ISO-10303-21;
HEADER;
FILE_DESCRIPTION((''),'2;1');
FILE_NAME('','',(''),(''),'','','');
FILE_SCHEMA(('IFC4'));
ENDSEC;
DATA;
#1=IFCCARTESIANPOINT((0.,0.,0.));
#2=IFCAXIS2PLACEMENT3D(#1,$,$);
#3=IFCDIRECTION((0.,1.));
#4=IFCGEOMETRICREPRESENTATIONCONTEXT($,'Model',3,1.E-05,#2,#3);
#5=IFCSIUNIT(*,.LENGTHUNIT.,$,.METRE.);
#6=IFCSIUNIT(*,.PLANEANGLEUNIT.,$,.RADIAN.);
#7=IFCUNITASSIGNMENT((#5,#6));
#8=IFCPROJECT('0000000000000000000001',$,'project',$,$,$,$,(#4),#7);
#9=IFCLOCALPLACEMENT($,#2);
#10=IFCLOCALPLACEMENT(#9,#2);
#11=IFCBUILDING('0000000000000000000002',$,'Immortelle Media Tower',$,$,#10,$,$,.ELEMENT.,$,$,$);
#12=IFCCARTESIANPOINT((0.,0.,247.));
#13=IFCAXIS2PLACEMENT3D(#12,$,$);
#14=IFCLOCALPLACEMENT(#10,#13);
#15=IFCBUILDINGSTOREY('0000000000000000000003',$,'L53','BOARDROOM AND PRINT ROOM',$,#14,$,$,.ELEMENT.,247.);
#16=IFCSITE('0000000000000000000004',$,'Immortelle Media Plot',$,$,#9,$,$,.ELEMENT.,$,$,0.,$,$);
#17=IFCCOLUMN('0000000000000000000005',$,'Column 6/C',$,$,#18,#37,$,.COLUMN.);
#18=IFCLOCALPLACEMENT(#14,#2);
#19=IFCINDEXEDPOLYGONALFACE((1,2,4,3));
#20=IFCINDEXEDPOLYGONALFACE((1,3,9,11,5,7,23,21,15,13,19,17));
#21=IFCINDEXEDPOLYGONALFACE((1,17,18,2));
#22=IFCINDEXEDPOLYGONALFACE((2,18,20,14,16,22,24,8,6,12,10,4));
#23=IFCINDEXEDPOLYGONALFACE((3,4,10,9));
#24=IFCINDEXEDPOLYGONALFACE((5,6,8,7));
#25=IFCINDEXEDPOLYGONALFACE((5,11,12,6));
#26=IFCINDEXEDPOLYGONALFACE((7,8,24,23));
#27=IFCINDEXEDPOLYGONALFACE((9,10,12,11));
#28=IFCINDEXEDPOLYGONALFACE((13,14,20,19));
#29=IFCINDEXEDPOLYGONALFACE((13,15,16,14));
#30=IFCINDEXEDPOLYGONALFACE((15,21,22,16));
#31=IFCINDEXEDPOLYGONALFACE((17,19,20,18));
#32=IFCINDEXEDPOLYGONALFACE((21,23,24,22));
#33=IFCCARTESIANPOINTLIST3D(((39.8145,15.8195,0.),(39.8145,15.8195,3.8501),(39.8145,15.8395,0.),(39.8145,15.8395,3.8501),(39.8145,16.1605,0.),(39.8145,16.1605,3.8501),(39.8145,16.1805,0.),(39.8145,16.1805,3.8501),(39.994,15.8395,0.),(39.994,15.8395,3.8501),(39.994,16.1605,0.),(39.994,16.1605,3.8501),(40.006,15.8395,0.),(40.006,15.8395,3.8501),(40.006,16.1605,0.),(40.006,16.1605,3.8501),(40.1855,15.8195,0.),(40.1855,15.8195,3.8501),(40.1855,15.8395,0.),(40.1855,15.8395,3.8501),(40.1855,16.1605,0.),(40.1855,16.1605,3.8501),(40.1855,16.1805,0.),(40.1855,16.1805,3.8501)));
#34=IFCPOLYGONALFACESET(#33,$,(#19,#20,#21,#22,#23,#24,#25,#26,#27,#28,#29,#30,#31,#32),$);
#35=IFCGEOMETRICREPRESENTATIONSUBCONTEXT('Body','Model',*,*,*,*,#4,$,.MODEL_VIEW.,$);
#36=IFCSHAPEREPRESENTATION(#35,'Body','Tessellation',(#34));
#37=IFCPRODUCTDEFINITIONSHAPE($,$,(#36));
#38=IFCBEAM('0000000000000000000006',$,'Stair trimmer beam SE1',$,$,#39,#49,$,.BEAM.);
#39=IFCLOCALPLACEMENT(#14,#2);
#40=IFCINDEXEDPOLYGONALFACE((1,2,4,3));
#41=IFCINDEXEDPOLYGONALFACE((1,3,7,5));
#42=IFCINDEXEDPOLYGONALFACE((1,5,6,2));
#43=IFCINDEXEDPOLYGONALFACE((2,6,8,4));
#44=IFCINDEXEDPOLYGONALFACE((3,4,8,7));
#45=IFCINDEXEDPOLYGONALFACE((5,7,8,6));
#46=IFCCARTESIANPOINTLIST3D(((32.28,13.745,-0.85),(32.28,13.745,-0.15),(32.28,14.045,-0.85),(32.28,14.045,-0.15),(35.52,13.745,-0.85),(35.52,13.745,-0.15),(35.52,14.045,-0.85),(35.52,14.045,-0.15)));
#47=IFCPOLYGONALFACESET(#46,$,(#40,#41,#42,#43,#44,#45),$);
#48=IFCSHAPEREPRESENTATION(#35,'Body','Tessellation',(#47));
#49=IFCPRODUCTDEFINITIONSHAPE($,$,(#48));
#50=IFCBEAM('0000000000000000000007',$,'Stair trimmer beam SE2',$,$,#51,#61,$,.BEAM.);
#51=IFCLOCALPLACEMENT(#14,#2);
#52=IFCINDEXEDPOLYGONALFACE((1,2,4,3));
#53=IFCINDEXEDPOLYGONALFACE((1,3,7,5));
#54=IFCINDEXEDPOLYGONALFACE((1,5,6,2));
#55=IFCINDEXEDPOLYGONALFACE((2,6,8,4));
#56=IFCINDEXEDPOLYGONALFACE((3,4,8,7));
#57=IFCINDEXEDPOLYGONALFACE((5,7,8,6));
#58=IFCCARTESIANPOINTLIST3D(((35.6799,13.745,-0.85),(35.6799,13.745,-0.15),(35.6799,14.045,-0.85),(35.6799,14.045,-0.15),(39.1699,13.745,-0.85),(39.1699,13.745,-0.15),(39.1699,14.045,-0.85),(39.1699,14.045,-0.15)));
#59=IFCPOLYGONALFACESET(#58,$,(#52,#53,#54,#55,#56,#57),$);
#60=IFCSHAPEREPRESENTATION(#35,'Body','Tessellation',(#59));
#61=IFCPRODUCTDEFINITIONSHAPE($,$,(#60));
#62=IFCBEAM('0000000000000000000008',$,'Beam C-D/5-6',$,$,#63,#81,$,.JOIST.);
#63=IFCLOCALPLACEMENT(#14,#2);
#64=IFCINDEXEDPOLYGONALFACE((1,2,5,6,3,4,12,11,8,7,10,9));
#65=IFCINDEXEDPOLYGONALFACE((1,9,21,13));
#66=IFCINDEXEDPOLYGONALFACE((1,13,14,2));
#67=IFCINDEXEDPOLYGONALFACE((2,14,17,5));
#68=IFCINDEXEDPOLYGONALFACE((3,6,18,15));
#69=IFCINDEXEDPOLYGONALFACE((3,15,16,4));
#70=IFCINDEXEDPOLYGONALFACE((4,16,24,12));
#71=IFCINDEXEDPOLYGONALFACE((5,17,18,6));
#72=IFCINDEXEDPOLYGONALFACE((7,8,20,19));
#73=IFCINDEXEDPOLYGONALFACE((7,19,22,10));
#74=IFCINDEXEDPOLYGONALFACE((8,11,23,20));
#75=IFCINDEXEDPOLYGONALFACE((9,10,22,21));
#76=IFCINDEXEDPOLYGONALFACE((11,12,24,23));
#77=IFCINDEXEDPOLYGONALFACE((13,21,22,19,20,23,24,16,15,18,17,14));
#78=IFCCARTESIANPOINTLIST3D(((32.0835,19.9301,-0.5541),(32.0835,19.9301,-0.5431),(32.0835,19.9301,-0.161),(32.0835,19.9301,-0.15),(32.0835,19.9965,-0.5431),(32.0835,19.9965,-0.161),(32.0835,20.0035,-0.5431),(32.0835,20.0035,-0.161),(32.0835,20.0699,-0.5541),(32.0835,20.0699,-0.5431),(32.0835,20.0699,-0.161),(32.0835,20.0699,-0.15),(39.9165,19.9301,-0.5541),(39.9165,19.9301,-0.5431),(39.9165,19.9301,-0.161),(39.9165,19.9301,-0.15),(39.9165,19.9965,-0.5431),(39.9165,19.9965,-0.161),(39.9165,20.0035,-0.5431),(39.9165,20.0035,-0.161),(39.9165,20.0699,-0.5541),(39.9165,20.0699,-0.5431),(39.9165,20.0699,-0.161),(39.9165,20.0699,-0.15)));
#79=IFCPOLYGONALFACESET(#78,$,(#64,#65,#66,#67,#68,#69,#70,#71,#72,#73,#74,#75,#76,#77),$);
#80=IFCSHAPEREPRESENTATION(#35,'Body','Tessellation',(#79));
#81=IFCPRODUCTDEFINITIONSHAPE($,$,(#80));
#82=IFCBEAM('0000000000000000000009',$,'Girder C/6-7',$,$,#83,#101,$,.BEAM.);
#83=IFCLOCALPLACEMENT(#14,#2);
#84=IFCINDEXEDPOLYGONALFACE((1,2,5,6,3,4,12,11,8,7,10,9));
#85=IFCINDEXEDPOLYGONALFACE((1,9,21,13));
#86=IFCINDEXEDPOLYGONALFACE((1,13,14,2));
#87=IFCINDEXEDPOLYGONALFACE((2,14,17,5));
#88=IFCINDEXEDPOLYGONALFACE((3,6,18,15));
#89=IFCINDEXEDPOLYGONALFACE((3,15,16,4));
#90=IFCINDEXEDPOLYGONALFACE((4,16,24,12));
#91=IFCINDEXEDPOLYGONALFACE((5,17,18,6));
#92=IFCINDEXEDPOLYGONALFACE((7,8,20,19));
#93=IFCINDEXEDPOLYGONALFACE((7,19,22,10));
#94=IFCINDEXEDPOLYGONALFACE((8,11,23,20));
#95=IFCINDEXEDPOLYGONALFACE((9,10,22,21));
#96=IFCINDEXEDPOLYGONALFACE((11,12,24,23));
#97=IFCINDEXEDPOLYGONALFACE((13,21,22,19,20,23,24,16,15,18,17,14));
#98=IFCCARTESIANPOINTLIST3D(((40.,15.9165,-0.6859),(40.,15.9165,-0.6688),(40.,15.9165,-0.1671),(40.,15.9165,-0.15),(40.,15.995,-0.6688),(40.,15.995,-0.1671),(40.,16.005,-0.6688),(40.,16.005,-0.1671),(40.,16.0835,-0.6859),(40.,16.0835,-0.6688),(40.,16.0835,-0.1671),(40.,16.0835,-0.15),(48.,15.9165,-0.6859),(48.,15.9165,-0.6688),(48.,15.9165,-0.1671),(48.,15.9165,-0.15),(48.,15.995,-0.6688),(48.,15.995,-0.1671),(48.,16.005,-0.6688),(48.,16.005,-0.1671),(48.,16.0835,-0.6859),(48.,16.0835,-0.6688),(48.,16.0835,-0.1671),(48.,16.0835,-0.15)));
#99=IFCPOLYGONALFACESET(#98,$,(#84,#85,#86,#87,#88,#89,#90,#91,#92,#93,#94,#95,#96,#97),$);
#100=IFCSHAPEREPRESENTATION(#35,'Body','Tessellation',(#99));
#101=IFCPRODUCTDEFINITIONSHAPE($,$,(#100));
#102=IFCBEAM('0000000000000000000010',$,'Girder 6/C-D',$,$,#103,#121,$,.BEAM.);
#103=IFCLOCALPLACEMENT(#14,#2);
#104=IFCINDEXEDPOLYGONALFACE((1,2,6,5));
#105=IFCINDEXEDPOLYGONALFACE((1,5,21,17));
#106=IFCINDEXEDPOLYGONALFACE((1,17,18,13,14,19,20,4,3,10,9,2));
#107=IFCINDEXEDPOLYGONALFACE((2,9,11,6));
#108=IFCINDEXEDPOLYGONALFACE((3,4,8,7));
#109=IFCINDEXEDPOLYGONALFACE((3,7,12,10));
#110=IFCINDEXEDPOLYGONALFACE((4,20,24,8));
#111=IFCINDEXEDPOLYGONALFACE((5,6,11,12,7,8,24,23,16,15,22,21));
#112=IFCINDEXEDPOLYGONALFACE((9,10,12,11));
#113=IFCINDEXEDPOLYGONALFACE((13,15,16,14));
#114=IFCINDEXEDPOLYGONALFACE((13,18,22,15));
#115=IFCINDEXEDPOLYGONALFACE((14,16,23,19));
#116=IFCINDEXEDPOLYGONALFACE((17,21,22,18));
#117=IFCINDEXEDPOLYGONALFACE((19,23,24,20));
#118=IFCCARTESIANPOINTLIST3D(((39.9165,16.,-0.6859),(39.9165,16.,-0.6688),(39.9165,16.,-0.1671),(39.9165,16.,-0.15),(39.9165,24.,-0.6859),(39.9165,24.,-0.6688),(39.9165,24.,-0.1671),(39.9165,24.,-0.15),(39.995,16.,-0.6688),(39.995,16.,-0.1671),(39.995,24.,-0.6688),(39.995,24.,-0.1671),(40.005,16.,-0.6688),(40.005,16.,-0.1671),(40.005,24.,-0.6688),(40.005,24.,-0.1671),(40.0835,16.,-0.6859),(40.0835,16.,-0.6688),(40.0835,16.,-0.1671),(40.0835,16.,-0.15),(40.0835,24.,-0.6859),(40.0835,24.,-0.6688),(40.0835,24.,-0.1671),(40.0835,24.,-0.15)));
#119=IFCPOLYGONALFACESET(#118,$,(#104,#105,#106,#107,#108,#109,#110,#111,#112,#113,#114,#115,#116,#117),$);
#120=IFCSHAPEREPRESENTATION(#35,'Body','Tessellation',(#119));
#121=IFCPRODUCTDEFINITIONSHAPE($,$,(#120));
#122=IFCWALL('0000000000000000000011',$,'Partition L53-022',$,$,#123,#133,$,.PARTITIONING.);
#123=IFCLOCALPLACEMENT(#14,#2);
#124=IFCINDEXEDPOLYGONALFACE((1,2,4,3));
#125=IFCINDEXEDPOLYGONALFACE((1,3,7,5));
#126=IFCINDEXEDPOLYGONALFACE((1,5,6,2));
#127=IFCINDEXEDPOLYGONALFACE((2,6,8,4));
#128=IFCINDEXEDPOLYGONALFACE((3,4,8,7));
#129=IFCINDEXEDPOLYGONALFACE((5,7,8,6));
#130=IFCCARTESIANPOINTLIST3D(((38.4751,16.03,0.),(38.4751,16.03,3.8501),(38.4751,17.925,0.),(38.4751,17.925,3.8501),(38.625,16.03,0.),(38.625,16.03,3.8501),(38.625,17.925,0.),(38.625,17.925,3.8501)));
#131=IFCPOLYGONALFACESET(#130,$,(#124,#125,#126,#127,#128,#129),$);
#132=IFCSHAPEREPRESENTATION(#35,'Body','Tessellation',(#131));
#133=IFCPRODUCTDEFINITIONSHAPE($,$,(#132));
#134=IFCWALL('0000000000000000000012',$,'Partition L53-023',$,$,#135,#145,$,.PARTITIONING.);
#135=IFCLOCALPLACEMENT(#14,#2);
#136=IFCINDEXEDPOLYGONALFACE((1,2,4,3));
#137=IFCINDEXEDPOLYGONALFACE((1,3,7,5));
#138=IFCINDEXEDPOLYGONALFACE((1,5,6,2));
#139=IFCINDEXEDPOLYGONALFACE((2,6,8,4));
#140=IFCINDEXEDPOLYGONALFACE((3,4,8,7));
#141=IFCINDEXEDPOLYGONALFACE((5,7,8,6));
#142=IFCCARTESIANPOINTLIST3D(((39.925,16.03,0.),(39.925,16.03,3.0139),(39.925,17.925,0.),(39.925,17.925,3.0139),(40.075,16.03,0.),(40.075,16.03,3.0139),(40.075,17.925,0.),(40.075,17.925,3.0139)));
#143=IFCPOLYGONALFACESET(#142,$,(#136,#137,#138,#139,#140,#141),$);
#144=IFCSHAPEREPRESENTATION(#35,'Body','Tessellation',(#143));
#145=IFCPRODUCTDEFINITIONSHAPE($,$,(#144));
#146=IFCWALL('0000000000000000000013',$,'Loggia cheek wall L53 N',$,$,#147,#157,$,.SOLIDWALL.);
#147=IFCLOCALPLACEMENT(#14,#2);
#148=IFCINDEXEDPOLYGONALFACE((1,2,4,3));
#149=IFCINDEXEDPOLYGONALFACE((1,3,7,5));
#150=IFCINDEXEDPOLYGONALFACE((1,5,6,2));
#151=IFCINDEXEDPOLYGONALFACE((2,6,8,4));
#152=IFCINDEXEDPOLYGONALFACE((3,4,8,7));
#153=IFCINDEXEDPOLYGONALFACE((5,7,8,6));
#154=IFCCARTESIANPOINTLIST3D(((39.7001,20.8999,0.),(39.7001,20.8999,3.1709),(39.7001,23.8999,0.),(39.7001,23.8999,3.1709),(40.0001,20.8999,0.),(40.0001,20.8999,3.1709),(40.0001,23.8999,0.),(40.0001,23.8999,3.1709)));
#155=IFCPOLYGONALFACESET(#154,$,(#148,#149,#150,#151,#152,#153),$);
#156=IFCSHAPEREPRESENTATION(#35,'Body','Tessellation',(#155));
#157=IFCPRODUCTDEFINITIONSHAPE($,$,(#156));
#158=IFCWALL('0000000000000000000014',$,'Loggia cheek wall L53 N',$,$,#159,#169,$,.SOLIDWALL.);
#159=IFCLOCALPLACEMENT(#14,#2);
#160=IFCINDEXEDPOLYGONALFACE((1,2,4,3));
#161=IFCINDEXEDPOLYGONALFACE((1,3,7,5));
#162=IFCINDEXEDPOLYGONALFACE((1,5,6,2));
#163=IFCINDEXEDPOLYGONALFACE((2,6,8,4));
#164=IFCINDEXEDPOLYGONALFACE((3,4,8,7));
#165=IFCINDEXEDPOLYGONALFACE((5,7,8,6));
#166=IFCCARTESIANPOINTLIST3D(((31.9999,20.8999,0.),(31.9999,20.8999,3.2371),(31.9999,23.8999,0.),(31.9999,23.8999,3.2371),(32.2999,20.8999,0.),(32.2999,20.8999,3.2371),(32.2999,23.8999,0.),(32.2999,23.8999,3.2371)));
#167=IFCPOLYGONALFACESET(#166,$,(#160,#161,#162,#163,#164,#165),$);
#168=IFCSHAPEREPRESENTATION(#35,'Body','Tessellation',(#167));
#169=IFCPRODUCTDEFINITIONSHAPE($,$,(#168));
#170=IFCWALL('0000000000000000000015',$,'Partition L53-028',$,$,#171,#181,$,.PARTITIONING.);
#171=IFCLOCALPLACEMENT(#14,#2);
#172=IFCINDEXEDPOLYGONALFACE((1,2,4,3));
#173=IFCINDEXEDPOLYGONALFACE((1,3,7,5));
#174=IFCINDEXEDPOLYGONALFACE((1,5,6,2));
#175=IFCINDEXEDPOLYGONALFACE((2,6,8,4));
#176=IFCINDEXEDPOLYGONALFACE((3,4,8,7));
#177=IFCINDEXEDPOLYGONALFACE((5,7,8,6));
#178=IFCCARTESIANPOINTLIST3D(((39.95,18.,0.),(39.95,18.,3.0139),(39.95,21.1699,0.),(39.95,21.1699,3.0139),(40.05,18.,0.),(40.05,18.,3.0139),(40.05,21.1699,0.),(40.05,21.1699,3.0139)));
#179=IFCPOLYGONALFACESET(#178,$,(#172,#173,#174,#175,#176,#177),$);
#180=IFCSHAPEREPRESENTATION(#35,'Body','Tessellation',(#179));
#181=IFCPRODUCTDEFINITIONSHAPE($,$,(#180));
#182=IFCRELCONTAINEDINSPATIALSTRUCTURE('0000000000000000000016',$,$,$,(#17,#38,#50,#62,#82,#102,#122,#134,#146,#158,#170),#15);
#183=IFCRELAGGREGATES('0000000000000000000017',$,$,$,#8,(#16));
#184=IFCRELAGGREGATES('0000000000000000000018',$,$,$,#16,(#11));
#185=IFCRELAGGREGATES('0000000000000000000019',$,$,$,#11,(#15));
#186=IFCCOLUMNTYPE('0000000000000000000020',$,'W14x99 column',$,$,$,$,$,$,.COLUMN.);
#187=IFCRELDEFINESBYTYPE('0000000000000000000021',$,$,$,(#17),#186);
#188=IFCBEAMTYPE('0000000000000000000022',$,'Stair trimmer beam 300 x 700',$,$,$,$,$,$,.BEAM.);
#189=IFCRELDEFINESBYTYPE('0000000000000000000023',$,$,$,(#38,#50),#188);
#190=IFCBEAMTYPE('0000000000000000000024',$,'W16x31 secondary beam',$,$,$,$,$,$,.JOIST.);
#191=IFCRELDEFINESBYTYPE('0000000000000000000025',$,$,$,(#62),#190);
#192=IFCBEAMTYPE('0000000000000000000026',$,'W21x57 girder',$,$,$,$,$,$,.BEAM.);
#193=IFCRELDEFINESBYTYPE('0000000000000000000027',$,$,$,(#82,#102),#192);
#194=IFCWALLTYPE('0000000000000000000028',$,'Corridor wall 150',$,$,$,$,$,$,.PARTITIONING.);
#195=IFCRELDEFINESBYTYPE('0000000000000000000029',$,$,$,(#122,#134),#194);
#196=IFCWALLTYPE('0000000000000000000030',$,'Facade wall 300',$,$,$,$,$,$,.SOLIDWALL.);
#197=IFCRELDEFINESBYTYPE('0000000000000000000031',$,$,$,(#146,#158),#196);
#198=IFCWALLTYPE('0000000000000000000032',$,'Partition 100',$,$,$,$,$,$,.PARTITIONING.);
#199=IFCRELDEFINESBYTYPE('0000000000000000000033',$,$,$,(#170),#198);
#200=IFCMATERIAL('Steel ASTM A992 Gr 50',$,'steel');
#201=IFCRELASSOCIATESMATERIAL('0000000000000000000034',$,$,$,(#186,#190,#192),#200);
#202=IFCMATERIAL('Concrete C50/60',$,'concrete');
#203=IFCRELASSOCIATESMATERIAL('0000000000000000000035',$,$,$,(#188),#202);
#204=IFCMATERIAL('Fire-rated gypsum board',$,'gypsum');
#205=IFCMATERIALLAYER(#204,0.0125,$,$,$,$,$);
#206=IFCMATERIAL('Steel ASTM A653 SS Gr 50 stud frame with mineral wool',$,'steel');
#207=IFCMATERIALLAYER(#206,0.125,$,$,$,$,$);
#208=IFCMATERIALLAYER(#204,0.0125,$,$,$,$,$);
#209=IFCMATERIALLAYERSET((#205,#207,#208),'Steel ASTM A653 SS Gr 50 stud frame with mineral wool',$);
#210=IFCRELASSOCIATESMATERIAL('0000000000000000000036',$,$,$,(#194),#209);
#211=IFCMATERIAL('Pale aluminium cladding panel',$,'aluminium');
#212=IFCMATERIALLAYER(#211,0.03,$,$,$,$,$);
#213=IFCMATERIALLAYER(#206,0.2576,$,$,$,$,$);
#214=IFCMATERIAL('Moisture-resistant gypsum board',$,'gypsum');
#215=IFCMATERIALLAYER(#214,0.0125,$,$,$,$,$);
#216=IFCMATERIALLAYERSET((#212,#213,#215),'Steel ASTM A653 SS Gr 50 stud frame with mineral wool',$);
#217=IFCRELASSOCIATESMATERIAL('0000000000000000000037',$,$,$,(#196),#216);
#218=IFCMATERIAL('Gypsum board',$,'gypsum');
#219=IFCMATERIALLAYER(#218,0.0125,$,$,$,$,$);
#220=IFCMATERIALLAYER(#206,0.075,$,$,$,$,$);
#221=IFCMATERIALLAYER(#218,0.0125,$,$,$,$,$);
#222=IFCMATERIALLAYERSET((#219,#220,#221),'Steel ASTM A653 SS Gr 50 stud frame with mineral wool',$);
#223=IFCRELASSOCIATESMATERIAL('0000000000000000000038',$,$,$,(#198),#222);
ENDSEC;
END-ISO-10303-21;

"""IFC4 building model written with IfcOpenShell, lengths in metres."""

from ifc_helpers import new_model, si_unit, direction, frame, frame_2d, origin, origin_2d, place, context, subcontext, project, spatial, rectangle, i_section, extrude, material, layer, layer_set, material_profile, profile_set, type_object, element, save


model = new_model("IFC4")

# Units and contexts
model_context = context("Model", 3, precision=1e-05, world=origin(), true_north=direction((0.0, 1.0)))
body_context = subcontext(model_context, "Body", "Model", "MODEL_VIEW")
ifc_project = project(units=[si_unit("LENGTHUNIT", "METRE"), si_unit("PLANEANGLEUNIT", "RADIAN")], contexts=[model_context])

# Site, building, storey
site_placement = place(None, origin())
site = spatial("IfcSite", under=ifc_project, at=site_placement, Name="Immortelle Media Plot", CompositionType="ELEMENT", RefElevation=0.0)
building_placement = place(site_placement, origin())
building = spatial("IfcBuilding", under=site, at=building_placement, Name="Immortelle Media Tower", CompositionType="ELEMENT")
storey_placement = place(building_placement, frame((0.0, 0.0, 247.0)))
storey = spatial("IfcBuildingStorey", under=building, at=storey_placement, Name="L53", Description="BOARDROOM AND PRINT ROOM", CompositionType="ELEMENT", Elevation=247.0)

# Column
ifc_material_1 = material(Name="Steel ASTM A992 Gr 50", Category="steel")
ifc_material_profile_1 = material_profile(ifc_material_1, i_section(OverallWidth=0.3711, OverallDepth=0.3611, WebThickness=0.012, FlangeThickness=0.02, at=origin_2d()), Name="W14x99")
ifc_profile_set_1 = profile_set([ifc_material_profile_1], Name="Steel ASTM A992 Gr 50")
column_type = type_object("IfcColumnType", Name="W14x99 column", PredefinedType="COLUMN", material=ifc_profile_set_1)
column_placement = place(storey_placement, frame((40.0, 16.0, 0.0), z_axis=(0.0, 0.0, 1.0), x_axis=(1.0, 0.0, 0.0)))
element("IfcColumn", 1, at=column_placement, inside=storey, type_object=column_type, Name="Column 6/C", PredefinedType="COLUMN", context=body_context, shape_type="SweptSolid", body=[
    extrude(i_section(OverallWidth=0.3711, OverallDepth=0.3611, WebThickness=0.012, FlangeThickness=0.02, at=origin_2d()), origin(), (0.0, 0.0, 1.0), 3.8501),
])

# Beams
ifc_material_2 = material(Name="Concrete C50/60", Category="concrete")
ifc_material_profile_2 = material_profile(ifc_material_2, rectangle(XDim=0.3, YDim=0.7, at=origin_2d()), Name="RC 300x700")
ifc_profile_set_2 = profile_set([ifc_material_profile_2], Name="Concrete C50/60")
beam_type_1 = type_object("IfcBeamType", Name="Stair trimmer beam 300 x 700", PredefinedType="BEAM", material=ifc_profile_set_2)
beam_1_placement = place(storey_placement, frame((32.28, 13.895, -0.5), z_axis=(1.0, 0.0, 0.0), x_axis=(0.0, 1.0, 0.0)))
element("IfcBeam", 2, at=beam_1_placement, inside=storey, type_object=beam_type_1, Name="Stair trimmer beam SE1", PredefinedType="BEAM", context=body_context, shape_type="SweptSolid", body=[
    extrude(rectangle(XDim=0.3, YDim=0.7, at=origin_2d()), origin(), (0.0, 0.0, 1.0), 3.24),
])
beam_2_placement = place(storey_placement, frame((35.6799, 13.895, -0.5), z_axis=(1.0, 0.0, 0.0), x_axis=(0.0, 1.0, 0.0)))
element("IfcBeam", 3, at=beam_2_placement, inside=storey, type_object=beam_type_1, Name="Stair trimmer beam SE2", PredefinedType="BEAM", context=body_context, shape_type="SweptSolid", body=[
    extrude(rectangle(XDim=0.3, YDim=0.7, at=origin_2d()), origin(), (0.0, 0.0, 1.0), 3.49),
])
ifc_material_profile_3 = material_profile(ifc_material_1, i_section(OverallWidth=0.1399, OverallDepth=0.4041, WebThickness=0.0071, FlangeThickness=0.011, at=origin_2d()), Name="W16x31")
ifc_profile_set_3 = profile_set([ifc_material_profile_3], Name="Steel ASTM A992 Gr 50")
beam_type_2 = type_object("IfcBeamType", Name="W16x31 secondary beam", PredefinedType="JOIST", material=ifc_profile_set_3)
beam_3_placement = place(storey_placement, frame((32.0835, 20.0, -0.3521), z_axis=(1.0, 0.0, 0.0), x_axis=(0.0, 1.0, 0.0)))
element("IfcBeam", 4, at=beam_3_placement, inside=storey, type_object=beam_type_2, Name="Beam C-D/5-6", PredefinedType="JOIST", context=body_context, shape_type="SweptSolid", body=[
    extrude(i_section(OverallWidth=0.1399, OverallDepth=0.4041, WebThickness=0.0071, FlangeThickness=0.011, at=origin_2d()), origin(), (0.0, 0.0, 1.0), 7.833),
])
ifc_material_profile_4 = material_profile(ifc_material_1, i_section(OverallWidth=0.167, OverallDepth=0.5359, WebThickness=0.01, FlangeThickness=0.0171, at=origin_2d()), Name="W21x57")
ifc_profile_set_4 = profile_set([ifc_material_profile_4], Name="Steel ASTM A992 Gr 50")
beam_type_3 = type_object("IfcBeamType", Name="W21x57 girder", PredefinedType="BEAM", material=ifc_profile_set_4)
for number, where, z_axis, x_axis, name in (
    (5, (40.0, 16.0, -0.418), (1.0, 0.0, 0.0), (0.0, 1.0, 0.0), "Girder C/6-7"),
    (6, (40.0, 16.0, -0.418), (0.0, 1.0, 0.0), (-1.0, 0.0, 0.0), "Girder 6/C-D"),
):
    element("IfcBeam", number, at=place(storey_placement, frame(where, z_axis=z_axis, x_axis=x_axis)), inside=storey, type_object=beam_type_3, Name=name, PredefinedType="BEAM", context=body_context, shape_type="SweptSolid", body=[
        extrude(i_section(OverallWidth=0.167, OverallDepth=0.5359, WebThickness=0.01, FlangeThickness=0.0171, at=origin_2d()), origin(), (0.0, 0.0, 1.0), 8.0),
    ])

# Walls
ifc_material_3 = material(Name="Fire-rated gypsum board", Category="gypsum")
ifc_layer_1 = layer(ifc_material_3, 0.0125)
ifc_material_4 = material(Name="Steel ASTM A653 SS Gr 50 stud frame with mineral wool", Category="steel")
ifc_layer_2 = layer(ifc_material_4, 0.125)
ifc_layer_3 = layer(ifc_material_3, 0.0125)
ifc_layer_set_1 = layer_set([ifc_layer_1, ifc_layer_2, ifc_layer_3], Name="Steel ASTM A653 SS Gr 50 stud frame with mineral wool")
wall_type_1 = type_object("IfcWallType", Name="Corridor wall 150", PredefinedType="PARTITIONING", material=ifc_layer_set_1)
wall_1_placement = place(storey_placement, frame((38.55, 16.03, 0.0), z_axis=(0.0, 0.0, 1.0), x_axis=(0.0, 1.0, 0.0)))
element("IfcWall", 7, at=wall_1_placement, inside=storey, type_object=wall_type_1, Name="Partition L53-022", PredefinedType="PARTITIONING", context=body_context, shape_type="SweptSolid", body=[
    extrude(rectangle(XDim=1.895, YDim=0.1499, at=frame_2d((0.9475, 0.0))), origin(), (0.0, 0.0, 1.0), 3.8501),
])
wall_2_placement = place(storey_placement, frame((40.0, 16.03, 0.0), z_axis=(0.0, 0.0, 1.0), x_axis=(0.0, 1.0, 0.0)))
element("IfcWall", 8, at=wall_2_placement, inside=storey, type_object=wall_type_1, Name="Partition L53-023", PredefinedType="PARTITIONING", context=body_context, shape_type="SweptSolid", body=[
    extrude(rectangle(XDim=1.895, YDim=0.1499, at=frame_2d((0.9475, 0.0))), origin(), (0.0, 0.0, 1.0), 3.0139),
])

# Shared definitions
ifc_material_5 = material(Name="Pale aluminium cladding panel", Category="aluminium")
ifc_layer_4 = layer(ifc_material_5, 0.03)
ifc_layer_5 = layer(ifc_material_4, 0.2576)
ifc_material_6 = material(Name="Moisture-resistant gypsum board", Category="gypsum")
ifc_layer_6 = layer(ifc_material_6, 0.0125)
ifc_layer_set_2 = layer_set([ifc_layer_4, ifc_layer_5, ifc_layer_6], Name="Steel ASTM A653 SS Gr 50 stud frame with mineral wool")
wall_type_2 = type_object("IfcWallType", Name="Facade wall 300", PredefinedType="SOLIDWALL", material=ifc_layer_set_2)

# Walls
wall_3_placement = place(storey_placement, frame((39.8501, 23.8999, 0.0), z_axis=(0.0, 0.0, 1.0), x_axis=(0.0, -1.0, 0.0)))
element("IfcWall", 9, at=wall_3_placement, inside=storey, type_object=wall_type_2, Name="Loggia cheek wall L53 N", PredefinedType="SOLIDWALL", context=body_context, shape_type="SweptSolid", body=[
    extrude(rectangle(XDim=3.0, YDim=0.3, at=frame_2d((1.5, 0.0))), origin(), (0.0, 0.0, 1.0), 3.1709),
])
wall_4_placement = place(storey_placement, frame((32.1499, 23.8999, 0.0), z_axis=(0.0, 0.0, 1.0), x_axis=(0.0, -1.0, 0.0)))
element("IfcWall", 10, at=wall_4_placement, inside=storey, type_object=wall_type_2, Name="Loggia cheek wall L53 N", PredefinedType="SOLIDWALL", context=body_context, shape_type="SweptSolid", body=[
    extrude(rectangle(XDim=3.0, YDim=0.3, at=frame_2d((1.5, 0.0))), origin(), (0.0, 0.0, 1.0), 3.2371),
])
ifc_material_7 = material(Name="Gypsum board", Category="gypsum")
ifc_layer_7 = layer(ifc_material_7, 0.0125)
ifc_layer_8 = layer(ifc_material_4, 0.075)
ifc_layer_9 = layer(ifc_material_7, 0.0125)
ifc_layer_set_3 = layer_set([ifc_layer_7, ifc_layer_8, ifc_layer_9], Name="Steel ASTM A653 SS Gr 50 stud frame with mineral wool")
wall_type_3 = type_object("IfcWallType", Name="Partition 100", PredefinedType="PARTITIONING", material=ifc_layer_set_3)
wall_5_placement = place(storey_placement, frame((40.0, 18.0, 0.0), z_axis=(0.0, 0.0, 1.0), x_axis=(0.0, 1.0, 0.0)))
element("IfcWall", 11, at=wall_5_placement, inside=storey, type_object=wall_type_3, Name="Partition L53-028", PredefinedType="PARTITIONING", context=body_context, shape_type="SweptSolid", body=[
    extrude(rectangle(XDim=3.1699, YDim=0.1001, at=frame_2d((1.585, 0.0))), origin(), (0.0, 0.0, 1.0), 3.0139),
])

save(model, "model.ifc")
